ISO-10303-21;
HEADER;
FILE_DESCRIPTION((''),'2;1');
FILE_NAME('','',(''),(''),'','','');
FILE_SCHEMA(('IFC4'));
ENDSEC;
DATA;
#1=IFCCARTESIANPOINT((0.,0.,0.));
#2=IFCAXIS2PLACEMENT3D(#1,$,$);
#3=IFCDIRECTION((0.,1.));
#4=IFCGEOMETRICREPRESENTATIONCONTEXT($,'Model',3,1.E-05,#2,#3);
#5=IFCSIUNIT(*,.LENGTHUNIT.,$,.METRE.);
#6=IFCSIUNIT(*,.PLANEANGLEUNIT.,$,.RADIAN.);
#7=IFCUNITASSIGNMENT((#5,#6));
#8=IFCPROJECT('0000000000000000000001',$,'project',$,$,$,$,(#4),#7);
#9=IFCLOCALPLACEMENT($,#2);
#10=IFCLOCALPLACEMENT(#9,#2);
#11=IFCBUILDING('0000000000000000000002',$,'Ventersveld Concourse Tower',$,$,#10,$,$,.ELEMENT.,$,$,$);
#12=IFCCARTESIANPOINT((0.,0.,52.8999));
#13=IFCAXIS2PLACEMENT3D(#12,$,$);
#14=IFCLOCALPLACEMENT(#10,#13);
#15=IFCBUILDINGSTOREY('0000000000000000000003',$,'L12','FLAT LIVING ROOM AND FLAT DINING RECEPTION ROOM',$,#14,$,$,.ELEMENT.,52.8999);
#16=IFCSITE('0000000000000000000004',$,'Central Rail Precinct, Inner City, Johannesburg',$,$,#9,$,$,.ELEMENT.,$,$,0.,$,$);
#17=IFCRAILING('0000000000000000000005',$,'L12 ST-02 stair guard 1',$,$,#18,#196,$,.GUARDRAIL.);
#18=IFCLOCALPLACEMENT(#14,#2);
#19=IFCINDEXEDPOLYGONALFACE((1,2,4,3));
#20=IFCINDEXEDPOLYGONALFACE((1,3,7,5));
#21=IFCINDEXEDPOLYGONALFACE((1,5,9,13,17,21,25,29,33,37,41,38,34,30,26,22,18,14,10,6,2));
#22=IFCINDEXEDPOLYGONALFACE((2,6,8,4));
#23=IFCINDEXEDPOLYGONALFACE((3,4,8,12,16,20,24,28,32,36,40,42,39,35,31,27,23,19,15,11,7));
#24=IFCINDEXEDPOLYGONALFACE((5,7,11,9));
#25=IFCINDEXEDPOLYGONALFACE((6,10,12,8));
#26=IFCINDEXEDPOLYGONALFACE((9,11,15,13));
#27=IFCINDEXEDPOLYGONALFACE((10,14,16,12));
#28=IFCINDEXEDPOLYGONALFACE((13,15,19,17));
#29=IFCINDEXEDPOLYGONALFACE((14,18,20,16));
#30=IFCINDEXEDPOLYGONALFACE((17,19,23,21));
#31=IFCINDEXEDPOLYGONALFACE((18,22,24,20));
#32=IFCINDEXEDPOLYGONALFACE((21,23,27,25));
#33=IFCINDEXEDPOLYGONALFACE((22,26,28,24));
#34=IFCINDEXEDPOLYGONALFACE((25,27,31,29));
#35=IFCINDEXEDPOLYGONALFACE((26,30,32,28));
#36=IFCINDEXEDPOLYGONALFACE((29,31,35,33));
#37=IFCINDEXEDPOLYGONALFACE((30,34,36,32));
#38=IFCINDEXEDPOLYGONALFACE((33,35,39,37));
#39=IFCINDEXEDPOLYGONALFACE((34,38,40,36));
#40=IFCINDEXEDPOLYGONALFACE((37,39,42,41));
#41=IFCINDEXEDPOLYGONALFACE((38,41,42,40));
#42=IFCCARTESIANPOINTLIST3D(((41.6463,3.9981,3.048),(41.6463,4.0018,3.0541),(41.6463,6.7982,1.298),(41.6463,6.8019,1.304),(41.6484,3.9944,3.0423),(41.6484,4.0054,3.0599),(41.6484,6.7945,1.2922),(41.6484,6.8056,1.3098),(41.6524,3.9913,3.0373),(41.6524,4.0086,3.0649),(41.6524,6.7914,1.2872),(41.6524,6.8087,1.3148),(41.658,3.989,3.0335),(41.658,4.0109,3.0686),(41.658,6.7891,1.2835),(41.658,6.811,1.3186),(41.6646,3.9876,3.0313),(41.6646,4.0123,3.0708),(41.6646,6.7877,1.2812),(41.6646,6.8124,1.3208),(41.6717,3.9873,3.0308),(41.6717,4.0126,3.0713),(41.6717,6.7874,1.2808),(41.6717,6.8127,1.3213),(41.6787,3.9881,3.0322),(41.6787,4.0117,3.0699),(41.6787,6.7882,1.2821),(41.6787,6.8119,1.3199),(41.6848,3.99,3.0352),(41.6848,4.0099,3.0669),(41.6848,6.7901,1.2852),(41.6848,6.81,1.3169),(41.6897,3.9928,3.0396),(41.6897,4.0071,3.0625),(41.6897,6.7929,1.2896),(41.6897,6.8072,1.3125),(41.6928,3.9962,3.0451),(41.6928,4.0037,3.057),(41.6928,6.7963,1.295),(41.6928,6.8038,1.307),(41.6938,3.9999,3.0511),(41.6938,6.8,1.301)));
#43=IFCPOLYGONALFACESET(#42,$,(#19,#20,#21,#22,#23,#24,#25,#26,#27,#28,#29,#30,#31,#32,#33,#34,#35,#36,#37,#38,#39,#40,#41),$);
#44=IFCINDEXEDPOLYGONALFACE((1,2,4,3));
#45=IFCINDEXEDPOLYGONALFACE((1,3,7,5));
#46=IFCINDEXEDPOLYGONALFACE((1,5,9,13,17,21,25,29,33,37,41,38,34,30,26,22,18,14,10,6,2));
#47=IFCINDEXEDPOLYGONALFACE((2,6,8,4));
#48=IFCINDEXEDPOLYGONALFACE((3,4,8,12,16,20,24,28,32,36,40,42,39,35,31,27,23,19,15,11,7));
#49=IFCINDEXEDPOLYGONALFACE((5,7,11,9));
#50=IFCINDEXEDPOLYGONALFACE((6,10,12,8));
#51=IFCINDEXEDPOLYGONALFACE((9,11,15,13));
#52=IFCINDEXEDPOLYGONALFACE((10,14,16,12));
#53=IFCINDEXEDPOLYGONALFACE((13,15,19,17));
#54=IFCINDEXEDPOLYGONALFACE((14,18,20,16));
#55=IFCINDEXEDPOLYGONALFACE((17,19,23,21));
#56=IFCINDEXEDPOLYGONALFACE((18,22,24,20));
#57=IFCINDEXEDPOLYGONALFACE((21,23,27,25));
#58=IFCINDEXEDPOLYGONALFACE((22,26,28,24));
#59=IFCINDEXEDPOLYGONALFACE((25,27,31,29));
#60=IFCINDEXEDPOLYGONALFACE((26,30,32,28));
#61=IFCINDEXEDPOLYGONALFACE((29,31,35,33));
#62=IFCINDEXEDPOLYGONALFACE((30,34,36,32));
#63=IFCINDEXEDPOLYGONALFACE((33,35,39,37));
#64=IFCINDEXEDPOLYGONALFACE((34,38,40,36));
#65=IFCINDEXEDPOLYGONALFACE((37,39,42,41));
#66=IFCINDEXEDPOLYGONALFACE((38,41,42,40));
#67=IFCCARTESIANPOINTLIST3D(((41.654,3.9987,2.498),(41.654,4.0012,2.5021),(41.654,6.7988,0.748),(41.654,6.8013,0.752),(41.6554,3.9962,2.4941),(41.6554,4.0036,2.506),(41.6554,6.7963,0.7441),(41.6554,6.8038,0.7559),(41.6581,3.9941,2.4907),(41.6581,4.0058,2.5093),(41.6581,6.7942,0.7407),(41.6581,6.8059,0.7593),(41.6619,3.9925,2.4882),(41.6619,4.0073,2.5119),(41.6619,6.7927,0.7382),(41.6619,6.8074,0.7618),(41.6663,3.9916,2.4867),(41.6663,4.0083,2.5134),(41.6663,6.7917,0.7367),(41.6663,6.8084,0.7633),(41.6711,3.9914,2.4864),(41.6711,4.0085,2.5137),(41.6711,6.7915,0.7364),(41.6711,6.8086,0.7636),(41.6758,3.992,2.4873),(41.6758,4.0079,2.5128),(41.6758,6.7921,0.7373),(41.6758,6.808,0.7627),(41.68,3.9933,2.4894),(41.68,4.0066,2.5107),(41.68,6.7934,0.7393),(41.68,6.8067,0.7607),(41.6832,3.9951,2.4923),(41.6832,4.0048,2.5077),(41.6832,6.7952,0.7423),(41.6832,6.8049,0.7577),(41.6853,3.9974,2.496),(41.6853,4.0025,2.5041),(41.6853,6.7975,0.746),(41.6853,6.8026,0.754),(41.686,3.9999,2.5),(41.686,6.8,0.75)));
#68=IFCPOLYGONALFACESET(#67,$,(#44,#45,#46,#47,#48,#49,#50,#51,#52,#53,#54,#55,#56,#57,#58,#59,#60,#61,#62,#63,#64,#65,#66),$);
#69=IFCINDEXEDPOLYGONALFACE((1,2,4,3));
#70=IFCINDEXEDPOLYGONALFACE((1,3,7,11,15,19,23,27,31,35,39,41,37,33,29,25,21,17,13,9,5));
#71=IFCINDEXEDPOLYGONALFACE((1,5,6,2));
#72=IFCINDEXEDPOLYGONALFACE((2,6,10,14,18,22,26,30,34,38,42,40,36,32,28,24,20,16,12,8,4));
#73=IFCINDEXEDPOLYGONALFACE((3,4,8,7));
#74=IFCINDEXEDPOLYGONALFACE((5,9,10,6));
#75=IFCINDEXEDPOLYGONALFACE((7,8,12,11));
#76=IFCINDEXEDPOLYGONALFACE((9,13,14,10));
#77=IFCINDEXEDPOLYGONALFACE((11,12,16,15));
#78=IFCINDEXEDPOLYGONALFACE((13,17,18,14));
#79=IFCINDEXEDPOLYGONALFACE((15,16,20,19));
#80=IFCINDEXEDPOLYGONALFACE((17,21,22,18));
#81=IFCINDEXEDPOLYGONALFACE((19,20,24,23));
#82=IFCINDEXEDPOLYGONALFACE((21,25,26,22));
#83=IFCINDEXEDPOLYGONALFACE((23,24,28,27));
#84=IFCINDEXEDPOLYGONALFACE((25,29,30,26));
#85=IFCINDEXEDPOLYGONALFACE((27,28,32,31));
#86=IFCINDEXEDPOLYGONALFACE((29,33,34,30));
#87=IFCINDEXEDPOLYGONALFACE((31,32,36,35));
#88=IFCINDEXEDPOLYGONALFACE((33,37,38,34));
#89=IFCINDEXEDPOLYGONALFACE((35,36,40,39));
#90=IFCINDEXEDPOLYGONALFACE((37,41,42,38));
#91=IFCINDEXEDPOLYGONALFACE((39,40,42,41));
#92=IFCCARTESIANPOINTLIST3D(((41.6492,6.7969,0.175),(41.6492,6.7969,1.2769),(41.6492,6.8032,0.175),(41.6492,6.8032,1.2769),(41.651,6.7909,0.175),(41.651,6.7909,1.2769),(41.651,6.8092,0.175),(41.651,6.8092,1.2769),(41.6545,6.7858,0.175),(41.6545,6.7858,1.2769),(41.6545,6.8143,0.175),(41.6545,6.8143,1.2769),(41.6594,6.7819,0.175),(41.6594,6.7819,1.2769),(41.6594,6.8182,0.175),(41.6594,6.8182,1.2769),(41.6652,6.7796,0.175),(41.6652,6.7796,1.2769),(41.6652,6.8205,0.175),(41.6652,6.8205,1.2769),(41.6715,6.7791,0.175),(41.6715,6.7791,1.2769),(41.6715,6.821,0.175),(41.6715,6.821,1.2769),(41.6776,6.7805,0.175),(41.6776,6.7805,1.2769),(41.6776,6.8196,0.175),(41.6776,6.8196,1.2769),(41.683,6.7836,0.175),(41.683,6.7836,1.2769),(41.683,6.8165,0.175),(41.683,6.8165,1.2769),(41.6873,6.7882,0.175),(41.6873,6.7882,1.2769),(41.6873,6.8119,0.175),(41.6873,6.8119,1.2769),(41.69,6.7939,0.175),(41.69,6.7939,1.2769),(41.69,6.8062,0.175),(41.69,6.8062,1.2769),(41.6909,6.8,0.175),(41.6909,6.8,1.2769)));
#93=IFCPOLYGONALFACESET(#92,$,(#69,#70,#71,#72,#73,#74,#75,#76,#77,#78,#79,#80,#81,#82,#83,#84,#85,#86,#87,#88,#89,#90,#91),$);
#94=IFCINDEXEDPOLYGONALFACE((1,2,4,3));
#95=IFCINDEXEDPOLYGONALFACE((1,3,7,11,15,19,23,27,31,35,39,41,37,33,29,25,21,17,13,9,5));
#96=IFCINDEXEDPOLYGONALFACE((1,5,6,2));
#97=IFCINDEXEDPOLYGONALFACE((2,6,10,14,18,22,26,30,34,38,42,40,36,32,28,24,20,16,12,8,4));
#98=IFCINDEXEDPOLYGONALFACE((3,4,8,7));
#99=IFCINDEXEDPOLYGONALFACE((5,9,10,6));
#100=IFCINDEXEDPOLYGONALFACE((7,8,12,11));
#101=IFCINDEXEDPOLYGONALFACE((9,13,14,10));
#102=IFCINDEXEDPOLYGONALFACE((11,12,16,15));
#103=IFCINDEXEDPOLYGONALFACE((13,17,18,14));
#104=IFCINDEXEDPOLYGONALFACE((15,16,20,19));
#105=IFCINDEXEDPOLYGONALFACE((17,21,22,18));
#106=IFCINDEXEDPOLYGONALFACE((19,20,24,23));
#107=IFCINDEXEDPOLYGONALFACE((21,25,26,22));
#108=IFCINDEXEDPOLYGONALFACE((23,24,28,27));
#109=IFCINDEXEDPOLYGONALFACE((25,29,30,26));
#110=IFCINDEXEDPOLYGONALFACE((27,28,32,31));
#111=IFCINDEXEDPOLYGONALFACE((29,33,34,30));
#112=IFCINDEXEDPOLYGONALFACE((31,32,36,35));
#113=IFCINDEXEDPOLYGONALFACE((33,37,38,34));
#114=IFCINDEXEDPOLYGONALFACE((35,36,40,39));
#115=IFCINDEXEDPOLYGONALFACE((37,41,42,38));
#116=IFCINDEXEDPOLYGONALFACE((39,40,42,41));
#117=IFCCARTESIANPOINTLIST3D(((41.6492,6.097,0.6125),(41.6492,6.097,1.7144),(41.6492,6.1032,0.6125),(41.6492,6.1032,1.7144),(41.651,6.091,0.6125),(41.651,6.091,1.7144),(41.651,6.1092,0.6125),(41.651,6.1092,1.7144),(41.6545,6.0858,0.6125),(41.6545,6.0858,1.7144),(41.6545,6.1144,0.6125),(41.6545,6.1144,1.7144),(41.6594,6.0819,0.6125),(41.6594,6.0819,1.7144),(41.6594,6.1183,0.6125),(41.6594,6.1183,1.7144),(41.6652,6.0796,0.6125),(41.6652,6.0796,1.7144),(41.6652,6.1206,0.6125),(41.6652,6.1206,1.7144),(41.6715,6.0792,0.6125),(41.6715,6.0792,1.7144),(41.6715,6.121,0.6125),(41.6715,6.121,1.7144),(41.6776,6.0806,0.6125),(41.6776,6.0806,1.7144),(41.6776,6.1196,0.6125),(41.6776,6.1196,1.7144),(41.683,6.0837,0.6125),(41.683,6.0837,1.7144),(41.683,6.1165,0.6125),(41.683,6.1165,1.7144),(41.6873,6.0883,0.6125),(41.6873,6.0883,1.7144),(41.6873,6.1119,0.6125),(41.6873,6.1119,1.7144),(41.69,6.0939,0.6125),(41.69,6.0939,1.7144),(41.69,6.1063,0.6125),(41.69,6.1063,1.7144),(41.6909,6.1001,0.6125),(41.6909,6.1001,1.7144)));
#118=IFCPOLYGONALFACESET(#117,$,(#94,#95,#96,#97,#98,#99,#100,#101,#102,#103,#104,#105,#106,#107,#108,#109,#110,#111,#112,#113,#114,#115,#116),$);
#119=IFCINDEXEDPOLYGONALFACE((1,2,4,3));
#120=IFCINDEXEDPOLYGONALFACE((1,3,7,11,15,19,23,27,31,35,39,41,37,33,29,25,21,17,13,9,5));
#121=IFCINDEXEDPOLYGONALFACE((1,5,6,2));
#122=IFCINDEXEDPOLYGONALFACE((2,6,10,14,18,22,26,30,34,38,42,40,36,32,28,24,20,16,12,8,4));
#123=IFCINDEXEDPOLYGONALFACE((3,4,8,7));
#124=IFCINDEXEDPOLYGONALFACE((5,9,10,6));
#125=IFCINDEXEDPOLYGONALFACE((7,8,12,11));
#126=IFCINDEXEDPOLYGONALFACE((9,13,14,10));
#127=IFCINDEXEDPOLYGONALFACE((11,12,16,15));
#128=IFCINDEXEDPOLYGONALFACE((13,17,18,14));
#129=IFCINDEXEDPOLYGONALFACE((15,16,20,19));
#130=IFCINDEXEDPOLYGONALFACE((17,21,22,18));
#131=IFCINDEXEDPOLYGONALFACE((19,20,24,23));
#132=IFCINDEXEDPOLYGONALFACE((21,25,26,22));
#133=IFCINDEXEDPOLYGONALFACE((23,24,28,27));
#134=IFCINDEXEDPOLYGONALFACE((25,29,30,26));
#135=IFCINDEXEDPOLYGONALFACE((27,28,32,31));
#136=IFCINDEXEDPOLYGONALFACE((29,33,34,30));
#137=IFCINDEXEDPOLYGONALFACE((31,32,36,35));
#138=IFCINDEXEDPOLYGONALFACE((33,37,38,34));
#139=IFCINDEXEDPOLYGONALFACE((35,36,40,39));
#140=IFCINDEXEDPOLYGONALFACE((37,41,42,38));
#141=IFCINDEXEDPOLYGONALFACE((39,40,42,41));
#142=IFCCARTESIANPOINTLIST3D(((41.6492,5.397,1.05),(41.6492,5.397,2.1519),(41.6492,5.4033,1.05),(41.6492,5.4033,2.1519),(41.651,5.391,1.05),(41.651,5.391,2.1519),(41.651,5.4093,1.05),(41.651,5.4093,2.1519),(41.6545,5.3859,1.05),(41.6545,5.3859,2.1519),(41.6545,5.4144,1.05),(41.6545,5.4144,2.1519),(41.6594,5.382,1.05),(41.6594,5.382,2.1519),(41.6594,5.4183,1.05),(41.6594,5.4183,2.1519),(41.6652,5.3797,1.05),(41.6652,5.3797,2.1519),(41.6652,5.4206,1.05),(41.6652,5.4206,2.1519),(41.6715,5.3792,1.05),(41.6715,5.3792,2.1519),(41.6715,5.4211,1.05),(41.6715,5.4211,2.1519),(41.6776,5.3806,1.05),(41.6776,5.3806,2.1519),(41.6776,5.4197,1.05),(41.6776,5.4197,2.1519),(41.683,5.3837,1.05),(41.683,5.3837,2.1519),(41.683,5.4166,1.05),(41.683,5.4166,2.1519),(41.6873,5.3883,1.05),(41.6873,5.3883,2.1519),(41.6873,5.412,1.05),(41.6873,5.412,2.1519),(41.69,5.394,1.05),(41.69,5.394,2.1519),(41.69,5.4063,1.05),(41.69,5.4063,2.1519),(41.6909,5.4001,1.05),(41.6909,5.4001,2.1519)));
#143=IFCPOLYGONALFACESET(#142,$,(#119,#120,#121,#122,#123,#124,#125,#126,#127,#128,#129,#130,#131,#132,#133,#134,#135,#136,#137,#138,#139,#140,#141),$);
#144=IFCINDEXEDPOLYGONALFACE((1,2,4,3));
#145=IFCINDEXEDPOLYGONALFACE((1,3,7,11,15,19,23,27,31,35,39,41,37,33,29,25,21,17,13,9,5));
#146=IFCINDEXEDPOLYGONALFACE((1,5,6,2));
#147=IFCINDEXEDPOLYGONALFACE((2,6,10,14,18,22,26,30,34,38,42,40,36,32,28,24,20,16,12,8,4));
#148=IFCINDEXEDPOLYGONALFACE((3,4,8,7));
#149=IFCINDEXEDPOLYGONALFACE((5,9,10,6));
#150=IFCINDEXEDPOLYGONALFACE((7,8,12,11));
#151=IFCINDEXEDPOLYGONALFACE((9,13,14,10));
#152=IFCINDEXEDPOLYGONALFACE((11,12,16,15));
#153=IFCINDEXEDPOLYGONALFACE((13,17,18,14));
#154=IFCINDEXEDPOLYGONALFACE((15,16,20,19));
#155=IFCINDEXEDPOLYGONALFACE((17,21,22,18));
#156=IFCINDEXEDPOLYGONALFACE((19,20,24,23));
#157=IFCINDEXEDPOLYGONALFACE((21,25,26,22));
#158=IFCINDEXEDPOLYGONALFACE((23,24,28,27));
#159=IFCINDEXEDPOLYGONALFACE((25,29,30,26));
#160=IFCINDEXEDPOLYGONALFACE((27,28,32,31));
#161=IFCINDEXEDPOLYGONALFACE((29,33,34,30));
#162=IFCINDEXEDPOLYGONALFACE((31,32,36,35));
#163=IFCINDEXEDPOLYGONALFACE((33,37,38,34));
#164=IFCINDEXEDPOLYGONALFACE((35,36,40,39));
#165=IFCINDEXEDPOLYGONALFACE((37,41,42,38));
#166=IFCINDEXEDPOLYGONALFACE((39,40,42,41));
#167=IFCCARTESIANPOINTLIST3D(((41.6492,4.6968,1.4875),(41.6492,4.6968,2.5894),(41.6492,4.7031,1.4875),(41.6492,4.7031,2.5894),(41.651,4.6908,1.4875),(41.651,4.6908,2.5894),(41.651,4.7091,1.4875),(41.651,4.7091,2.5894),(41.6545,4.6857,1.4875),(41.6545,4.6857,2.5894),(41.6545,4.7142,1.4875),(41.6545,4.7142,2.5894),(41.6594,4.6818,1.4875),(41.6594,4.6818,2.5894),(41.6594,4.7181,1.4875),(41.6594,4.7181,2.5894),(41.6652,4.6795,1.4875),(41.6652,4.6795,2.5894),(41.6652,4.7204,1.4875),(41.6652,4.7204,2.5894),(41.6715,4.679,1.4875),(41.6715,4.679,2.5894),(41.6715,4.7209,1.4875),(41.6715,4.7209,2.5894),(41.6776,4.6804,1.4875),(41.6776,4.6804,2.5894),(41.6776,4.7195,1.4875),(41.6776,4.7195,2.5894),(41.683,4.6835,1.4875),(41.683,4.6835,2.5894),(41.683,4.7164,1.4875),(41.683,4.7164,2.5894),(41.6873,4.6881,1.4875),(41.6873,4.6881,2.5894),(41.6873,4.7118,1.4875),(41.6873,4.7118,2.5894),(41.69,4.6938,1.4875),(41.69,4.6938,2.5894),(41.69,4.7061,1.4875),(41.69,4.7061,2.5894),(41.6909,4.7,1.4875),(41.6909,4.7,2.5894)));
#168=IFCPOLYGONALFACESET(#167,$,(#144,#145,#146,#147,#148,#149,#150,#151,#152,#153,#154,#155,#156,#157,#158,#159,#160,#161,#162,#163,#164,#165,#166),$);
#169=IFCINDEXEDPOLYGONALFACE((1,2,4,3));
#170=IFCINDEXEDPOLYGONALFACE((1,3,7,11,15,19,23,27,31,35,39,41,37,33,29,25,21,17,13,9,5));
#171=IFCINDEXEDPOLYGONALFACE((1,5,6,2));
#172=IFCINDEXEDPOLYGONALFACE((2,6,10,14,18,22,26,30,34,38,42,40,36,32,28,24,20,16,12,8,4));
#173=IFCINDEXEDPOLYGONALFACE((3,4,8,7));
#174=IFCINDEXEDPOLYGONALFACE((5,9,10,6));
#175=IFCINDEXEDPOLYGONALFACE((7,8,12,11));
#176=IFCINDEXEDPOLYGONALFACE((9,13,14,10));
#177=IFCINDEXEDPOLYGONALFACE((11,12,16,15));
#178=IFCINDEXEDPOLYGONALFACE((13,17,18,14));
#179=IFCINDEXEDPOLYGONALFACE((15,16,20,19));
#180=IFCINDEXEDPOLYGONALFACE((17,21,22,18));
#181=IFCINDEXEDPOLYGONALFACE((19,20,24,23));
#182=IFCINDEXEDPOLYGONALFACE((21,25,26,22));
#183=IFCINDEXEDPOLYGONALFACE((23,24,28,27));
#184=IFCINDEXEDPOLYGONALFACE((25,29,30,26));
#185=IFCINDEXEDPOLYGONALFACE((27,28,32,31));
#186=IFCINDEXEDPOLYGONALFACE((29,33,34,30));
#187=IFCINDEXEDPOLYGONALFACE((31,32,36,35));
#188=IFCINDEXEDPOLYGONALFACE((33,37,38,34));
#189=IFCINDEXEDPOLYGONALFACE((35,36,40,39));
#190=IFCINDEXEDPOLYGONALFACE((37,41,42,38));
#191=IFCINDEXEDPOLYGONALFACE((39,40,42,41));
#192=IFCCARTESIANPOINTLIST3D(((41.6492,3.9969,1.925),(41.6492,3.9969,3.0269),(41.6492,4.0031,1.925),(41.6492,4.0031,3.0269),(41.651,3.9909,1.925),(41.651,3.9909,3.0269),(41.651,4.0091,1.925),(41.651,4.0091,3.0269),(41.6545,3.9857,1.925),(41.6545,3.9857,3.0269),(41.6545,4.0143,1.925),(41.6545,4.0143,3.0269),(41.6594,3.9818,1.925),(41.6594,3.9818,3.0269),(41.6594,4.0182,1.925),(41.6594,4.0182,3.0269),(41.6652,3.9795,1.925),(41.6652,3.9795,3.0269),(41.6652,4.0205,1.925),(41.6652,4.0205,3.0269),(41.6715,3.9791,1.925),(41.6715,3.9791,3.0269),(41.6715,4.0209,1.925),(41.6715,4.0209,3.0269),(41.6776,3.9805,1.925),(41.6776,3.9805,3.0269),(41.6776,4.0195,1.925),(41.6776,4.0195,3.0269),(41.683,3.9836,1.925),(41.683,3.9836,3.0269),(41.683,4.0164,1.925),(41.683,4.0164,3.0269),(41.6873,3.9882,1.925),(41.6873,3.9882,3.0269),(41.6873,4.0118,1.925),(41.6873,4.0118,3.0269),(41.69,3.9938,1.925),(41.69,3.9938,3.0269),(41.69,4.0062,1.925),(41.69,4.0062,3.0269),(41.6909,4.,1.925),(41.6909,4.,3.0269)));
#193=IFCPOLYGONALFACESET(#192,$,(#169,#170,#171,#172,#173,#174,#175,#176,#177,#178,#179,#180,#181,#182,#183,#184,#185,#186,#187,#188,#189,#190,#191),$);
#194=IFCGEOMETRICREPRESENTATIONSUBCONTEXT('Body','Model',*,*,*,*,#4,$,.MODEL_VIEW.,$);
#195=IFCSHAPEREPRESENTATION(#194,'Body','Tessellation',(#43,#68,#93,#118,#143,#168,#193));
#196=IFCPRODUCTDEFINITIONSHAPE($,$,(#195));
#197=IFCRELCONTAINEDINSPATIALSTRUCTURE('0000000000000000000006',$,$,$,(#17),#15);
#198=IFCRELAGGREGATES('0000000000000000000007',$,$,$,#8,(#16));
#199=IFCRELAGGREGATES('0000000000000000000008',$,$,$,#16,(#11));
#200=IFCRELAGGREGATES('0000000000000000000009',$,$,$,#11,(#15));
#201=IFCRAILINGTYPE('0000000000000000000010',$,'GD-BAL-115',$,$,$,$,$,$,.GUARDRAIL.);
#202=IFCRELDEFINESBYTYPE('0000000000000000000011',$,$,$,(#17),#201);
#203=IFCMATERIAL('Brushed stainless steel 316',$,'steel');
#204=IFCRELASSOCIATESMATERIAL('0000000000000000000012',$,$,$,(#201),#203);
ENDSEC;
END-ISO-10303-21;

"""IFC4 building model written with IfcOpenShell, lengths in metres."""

from ifc_helpers import new_model, si_unit, direction, frame, origin, origin_2d, place, context, subcontext, project, spatial, circle, extrude, material, type_object, element, save


model = new_model("IFC4")

# Units and contexts
model_context = context("Model", 3, precision=1e-05, world=origin(), true_north=direction((0.0, 1.0)))
body_context = subcontext(model_context, "Body", "Model", "MODEL_VIEW")
ifc_project = project(units=[si_unit("LENGTHUNIT", "METRE"), si_unit("PLANEANGLEUNIT", "RADIAN")], contexts=[model_context])

# Site, building, storey
site_placement = place(None, origin())
site = spatial("IfcSite", under=ifc_project, at=site_placement, Name="Central Rail Precinct, Inner City, Johannesburg", CompositionType="ELEMENT", RefElevation=0.0)
building_placement = place(site_placement, origin())
building = spatial("IfcBuilding", under=site, at=building_placement, Name="Ventersveld Concourse Tower", CompositionType="ELEMENT")
storey_placement = place(building_placement, frame((0.0, 0.0, 52.8999)))
storey = spatial("IfcBuildingStorey", under=building, at=storey_placement, Name="L12", Description="FLAT LIVING ROOM AND FLAT DINING RECEPTION ROOM", CompositionType="ELEMENT", Elevation=52.8999)

# Shared definitions
ifc_material_1 = material(Name="Brushed stainless steel 316", Category="steel")

# Railing
railing_type_1 = type_object("IfcRailingType", Name="GD-BAL-115", PredefinedType="GUARDRAIL", material=ifc_material_1)
railing_1_placement = place(storey_placement, frame((41.6699, 6.8, 0.175)))
element("IfcRailing", 1, at=railing_1_placement, inside=storey, type_object=railing_type_1, Name="L12 ST-02 stair guard 1", PredefinedType="GUARDRAIL", context=body_context, shape_type="SweptSolid", body=[
    extrude(circle(Radius=0.0239, at=origin_2d()), frame((0.0, 0.0, 1.126), z_axis=(0.0, -0.848002, 0.529992), x_axis=(1.0, 0.0, 0.0)), (0.0, 0.0, 1.0), 3.302),
    extrude(circle(Radius=0.0161, at=origin_2d()), frame((0.0, 0.0, 0.575), z_axis=(0.0, -0.848002, 0.529992), x_axis=(1.0, 0.0, 0.0)), (0.0, 0.0, 1.0), 3.302),
    extrude(circle(Radius=0.021, at=origin_2d()), origin(), (0.0, 0.0, 1.0), 1.1018),
    extrude(circle(Radius=0.021, at=origin_2d()), frame((0.0, -0.7, 0.4375)), (0.0, 0.0, 1.0), 1.1018),
    extrude(circle(Radius=0.021, at=origin_2d()), frame((0.0, -1.3999, 0.875)), (0.0, 0.0, 1.0), 1.1018),
    extrude(circle(Radius=0.021, at=origin_2d()), frame((0.0, -2.1001, 1.3125)), (0.0, 0.0, 1.0), 1.1018),
    extrude(circle(Radius=0.021, at=origin_2d()), frame((0.0, -2.8, 1.75)), (0.0, 0.0, 1.0), 1.1018),
])

save(model, "model.ifc")
